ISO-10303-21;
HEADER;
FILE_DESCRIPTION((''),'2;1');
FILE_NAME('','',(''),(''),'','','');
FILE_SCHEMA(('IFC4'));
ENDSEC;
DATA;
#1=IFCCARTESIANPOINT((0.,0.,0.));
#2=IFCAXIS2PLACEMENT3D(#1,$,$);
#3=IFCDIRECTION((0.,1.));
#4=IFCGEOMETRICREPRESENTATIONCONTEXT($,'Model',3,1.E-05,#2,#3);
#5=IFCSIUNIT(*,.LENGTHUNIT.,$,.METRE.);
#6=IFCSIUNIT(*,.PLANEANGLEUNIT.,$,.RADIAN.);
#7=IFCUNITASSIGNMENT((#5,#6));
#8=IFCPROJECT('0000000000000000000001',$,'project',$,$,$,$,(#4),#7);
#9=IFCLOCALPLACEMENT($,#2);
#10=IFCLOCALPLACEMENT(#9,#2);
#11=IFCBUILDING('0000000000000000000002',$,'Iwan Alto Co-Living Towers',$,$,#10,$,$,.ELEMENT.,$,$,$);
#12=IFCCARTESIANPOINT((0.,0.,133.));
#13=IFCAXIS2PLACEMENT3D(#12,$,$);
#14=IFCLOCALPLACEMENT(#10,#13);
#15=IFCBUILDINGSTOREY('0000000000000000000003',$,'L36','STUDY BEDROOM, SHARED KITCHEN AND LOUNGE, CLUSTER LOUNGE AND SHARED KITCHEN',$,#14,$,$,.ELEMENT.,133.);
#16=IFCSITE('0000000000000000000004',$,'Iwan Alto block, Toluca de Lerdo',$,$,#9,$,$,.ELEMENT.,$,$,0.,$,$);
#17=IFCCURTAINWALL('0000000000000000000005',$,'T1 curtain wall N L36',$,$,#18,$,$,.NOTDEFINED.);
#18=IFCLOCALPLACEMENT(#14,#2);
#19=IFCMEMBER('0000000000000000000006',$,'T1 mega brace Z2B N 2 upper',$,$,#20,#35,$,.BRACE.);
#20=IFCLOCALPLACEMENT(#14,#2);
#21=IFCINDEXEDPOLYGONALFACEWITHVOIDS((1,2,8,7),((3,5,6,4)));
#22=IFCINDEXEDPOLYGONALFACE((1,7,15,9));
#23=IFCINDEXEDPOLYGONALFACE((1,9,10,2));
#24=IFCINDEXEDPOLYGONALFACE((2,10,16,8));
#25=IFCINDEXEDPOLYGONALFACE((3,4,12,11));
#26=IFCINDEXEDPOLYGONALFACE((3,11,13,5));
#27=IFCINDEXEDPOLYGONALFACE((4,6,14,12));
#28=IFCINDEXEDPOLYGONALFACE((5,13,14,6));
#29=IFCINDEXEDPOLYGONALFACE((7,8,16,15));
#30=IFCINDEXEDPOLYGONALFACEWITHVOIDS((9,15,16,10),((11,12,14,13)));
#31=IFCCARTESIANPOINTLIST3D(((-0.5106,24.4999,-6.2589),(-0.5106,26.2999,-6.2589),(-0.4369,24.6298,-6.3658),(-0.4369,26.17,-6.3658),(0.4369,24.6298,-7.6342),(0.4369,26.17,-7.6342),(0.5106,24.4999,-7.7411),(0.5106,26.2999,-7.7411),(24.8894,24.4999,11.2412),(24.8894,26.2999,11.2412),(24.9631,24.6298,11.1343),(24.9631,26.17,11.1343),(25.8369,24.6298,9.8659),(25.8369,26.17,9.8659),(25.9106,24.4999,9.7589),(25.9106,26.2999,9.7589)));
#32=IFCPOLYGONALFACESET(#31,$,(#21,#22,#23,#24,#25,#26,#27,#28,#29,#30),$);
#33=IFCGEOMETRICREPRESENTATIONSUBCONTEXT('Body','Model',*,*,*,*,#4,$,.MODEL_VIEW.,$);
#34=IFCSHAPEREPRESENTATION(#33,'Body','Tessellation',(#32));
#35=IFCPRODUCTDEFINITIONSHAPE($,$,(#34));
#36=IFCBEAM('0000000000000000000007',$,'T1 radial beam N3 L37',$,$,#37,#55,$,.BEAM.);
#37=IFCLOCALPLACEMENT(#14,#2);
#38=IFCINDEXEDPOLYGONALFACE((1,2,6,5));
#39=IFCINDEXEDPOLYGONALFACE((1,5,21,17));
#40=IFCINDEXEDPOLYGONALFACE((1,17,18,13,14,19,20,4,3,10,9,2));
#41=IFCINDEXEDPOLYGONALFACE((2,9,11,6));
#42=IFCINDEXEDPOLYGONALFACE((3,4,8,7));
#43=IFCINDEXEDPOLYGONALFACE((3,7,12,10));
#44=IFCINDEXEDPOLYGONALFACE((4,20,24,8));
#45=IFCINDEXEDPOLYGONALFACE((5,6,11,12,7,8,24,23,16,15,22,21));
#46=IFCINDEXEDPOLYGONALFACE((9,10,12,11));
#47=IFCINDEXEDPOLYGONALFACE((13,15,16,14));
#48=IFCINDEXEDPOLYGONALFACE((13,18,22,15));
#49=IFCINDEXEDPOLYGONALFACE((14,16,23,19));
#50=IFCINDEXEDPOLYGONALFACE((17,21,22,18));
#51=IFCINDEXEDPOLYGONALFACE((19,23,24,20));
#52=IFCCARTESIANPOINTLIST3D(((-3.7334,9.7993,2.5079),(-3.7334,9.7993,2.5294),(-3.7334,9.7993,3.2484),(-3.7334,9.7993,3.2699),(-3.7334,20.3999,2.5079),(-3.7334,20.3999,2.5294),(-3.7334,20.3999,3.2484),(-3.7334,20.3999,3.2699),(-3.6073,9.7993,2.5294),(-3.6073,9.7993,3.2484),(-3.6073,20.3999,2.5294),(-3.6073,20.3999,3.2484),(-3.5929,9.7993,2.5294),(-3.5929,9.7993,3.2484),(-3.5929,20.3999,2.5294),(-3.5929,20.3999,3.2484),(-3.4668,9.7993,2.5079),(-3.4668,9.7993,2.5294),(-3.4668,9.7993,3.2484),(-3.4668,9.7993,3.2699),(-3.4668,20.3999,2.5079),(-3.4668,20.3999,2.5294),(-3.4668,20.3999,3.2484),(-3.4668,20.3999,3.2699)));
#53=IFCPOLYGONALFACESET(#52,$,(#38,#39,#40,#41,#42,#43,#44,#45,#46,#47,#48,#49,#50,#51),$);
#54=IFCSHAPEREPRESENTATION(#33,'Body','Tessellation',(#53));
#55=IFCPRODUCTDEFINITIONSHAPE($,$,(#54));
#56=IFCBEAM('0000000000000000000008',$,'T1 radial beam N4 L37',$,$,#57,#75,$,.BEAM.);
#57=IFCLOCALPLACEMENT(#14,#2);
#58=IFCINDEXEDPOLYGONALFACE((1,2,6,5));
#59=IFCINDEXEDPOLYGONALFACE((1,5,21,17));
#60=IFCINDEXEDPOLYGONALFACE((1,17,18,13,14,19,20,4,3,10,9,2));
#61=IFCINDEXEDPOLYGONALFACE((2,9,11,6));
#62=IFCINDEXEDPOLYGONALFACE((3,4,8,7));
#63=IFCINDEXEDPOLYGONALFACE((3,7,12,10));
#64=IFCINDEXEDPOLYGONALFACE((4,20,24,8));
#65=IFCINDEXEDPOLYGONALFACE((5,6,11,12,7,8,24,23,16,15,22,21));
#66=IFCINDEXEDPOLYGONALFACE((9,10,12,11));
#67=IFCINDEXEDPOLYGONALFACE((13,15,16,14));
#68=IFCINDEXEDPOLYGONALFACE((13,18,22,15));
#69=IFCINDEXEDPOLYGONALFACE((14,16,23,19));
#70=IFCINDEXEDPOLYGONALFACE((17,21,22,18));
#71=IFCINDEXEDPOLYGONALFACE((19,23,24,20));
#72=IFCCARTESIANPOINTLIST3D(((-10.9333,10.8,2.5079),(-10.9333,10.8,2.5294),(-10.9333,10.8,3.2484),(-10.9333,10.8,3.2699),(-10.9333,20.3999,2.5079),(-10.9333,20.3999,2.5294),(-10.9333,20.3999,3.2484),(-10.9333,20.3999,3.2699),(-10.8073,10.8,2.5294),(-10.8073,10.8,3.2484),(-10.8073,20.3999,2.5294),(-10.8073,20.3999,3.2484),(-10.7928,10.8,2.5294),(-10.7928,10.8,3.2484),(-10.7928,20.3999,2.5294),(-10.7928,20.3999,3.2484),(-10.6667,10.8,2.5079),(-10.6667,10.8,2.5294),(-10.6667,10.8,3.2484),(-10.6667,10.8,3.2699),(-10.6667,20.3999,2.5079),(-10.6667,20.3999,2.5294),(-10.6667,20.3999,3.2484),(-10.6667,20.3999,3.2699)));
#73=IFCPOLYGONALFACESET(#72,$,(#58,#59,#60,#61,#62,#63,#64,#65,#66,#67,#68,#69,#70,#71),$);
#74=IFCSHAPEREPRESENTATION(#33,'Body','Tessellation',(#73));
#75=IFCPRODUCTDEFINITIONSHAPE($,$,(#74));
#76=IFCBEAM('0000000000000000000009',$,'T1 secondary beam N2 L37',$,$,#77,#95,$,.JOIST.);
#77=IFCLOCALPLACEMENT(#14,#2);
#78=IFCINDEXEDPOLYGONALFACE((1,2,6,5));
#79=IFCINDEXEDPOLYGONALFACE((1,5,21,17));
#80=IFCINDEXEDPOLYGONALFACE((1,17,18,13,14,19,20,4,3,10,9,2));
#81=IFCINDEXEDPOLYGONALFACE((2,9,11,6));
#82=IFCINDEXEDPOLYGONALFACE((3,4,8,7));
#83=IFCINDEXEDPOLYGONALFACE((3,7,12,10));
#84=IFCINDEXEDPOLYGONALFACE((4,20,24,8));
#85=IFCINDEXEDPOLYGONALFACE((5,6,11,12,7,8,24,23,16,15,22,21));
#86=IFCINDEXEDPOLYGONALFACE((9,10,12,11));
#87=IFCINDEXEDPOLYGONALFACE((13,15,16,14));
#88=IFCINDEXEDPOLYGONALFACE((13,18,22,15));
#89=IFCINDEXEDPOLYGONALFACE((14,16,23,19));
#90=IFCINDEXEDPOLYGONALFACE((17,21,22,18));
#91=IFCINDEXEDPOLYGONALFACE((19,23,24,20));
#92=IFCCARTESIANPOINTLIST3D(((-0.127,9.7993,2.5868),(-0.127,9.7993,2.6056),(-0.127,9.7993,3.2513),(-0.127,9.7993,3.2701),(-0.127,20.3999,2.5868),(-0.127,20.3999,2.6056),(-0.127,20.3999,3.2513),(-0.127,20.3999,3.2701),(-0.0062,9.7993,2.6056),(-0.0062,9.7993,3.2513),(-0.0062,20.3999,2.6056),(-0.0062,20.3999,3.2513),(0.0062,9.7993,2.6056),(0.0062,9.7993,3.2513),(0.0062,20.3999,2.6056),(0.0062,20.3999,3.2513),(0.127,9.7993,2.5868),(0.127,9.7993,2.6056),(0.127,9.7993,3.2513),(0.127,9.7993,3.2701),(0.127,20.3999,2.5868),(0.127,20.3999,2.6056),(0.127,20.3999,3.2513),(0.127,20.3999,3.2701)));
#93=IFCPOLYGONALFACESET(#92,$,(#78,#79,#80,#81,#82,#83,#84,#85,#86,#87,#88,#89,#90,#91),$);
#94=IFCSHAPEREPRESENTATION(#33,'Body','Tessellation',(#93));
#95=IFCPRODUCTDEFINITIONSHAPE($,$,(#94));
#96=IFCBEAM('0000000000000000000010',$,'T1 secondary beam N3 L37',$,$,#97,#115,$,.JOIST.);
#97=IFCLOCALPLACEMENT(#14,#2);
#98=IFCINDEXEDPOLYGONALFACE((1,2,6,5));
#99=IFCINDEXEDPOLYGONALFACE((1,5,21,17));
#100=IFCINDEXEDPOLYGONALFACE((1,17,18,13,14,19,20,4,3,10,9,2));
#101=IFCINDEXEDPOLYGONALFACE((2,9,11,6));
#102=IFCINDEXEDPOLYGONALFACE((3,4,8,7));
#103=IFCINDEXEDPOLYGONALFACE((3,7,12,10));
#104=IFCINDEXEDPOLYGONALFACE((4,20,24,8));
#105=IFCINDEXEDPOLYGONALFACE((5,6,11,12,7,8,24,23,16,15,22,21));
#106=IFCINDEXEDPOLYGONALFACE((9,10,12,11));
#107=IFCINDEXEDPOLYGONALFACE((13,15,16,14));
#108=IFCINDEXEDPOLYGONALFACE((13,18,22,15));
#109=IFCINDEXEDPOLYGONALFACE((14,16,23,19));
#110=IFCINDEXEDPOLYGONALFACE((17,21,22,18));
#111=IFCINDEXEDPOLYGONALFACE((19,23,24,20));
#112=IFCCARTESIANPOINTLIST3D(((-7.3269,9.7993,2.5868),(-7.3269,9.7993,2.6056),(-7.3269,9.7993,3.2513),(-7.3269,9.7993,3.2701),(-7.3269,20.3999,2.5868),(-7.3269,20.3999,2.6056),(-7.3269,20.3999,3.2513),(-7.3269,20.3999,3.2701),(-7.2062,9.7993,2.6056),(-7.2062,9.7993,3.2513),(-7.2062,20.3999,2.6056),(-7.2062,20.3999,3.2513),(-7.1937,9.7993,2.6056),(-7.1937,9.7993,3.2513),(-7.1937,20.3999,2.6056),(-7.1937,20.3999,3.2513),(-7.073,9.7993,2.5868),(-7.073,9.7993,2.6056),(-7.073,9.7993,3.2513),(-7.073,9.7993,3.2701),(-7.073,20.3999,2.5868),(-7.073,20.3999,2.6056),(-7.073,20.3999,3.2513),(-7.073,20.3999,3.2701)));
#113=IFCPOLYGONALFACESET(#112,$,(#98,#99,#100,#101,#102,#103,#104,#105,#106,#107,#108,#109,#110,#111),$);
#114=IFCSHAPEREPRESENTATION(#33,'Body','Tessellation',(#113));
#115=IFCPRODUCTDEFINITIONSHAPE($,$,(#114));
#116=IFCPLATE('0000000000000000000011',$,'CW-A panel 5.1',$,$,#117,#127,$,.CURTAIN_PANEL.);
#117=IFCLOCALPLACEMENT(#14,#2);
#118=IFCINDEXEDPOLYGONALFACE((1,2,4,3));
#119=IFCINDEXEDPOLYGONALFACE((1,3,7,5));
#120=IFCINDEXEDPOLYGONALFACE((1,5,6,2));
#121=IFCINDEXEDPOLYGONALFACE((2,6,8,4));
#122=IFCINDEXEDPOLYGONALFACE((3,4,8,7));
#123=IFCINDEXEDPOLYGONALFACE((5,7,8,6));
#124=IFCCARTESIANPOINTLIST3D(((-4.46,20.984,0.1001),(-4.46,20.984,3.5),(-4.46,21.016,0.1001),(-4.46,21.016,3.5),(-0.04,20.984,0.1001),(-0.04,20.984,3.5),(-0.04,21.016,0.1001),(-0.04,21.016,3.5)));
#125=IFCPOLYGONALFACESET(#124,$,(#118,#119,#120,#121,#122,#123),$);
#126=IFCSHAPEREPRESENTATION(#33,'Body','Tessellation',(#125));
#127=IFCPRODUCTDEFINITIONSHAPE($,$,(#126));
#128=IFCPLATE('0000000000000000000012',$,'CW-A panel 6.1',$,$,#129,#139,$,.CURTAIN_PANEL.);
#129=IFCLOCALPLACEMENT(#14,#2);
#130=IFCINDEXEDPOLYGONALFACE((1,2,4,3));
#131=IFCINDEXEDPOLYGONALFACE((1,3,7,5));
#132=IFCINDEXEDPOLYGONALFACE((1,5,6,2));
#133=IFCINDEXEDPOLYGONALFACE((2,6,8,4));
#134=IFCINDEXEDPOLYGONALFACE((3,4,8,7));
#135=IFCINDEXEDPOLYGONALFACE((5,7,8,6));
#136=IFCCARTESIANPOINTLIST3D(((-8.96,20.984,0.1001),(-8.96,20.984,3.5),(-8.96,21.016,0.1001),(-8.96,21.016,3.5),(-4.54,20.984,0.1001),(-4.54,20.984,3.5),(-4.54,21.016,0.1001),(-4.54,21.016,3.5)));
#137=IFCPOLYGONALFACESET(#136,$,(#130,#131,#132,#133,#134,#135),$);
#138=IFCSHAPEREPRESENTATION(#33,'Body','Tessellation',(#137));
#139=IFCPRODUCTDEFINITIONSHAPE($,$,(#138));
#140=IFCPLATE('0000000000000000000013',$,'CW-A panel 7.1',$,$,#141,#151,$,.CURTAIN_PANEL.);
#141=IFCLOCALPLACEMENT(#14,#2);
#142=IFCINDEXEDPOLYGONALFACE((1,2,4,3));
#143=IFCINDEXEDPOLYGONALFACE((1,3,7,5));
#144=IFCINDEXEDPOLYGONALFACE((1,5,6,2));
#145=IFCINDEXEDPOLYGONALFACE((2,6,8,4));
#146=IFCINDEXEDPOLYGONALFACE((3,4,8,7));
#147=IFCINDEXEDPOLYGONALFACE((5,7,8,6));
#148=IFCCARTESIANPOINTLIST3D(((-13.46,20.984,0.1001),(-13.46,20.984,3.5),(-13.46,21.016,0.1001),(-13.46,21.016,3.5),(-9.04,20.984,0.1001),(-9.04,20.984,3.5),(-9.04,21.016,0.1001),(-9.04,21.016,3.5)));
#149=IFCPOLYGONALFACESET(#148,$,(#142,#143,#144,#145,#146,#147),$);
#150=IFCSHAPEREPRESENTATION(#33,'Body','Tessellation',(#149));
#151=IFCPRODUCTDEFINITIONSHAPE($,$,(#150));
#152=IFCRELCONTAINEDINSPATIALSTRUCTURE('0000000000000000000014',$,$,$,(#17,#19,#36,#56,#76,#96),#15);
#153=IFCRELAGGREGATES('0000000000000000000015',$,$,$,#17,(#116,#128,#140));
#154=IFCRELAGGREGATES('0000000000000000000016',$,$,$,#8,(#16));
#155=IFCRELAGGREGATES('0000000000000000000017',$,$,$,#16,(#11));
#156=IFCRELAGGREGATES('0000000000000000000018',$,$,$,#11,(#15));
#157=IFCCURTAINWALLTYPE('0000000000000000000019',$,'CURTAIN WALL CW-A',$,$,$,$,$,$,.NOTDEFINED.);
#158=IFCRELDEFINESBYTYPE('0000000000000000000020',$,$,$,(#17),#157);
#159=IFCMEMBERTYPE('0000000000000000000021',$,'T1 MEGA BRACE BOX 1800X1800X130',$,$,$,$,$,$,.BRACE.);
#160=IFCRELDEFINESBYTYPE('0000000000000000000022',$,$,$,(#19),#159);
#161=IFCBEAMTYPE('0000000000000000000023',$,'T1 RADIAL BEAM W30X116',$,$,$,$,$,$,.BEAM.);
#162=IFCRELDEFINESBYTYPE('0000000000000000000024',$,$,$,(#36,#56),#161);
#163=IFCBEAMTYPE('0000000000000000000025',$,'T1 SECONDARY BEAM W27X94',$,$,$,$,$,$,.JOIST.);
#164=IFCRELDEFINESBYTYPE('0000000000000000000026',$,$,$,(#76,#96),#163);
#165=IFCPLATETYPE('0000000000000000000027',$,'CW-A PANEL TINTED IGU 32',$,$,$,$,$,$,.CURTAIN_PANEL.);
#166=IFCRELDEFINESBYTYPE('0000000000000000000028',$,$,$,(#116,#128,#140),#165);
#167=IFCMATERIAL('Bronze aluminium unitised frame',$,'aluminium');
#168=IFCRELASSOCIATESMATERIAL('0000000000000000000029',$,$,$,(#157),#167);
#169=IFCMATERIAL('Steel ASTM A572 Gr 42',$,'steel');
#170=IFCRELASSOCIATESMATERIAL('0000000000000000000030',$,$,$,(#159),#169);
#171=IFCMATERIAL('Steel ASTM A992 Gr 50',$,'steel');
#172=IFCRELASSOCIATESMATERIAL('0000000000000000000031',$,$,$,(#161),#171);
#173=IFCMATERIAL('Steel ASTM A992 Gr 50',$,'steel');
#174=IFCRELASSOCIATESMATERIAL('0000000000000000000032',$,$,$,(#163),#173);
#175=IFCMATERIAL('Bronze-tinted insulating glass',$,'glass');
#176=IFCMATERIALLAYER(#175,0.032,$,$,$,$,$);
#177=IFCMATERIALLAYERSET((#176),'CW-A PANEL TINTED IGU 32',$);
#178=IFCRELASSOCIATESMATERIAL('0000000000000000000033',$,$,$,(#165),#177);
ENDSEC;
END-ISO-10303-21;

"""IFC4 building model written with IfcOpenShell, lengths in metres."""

from ifc_helpers import new_model, si_unit, direction, frame, origin, origin_2d, place, context, subcontext, project, spatial, rectangle, hollow_rectangle, i_section, extrude, material, layer, layer_set, material_profile, profile_set, type_object, element, aggregate, save


model = new_model("IFC4")

# Units and contexts
model_context = context("Model", 3, precision=1e-05, world=origin(), true_north=direction((0.0, 1.0)))
body_context = subcontext(model_context, "Body", "Model", "MODEL_VIEW")
ifc_project = project(units=[si_unit("LENGTHUNIT", "METRE"), si_unit("PLANEANGLEUNIT", "RADIAN")], contexts=[model_context])

# Site, building, storey
site_placement = place(None, origin())
site = spatial("IfcSite", under=ifc_project, at=site_placement, Name="Iwan Alto block, Toluca de Lerdo", CompositionType="ELEMENT", RefElevation=0.0)
building_placement = place(site_placement, origin())
building = spatial("IfcBuilding", under=site, at=building_placement, Name="Iwan Alto Co-Living Towers", CompositionType="ELEMENT")
storey_placement = place(building_placement, frame((0.0, 0.0, 133.0)))
storey = spatial("IfcBuildingStorey", under=building, at=storey_placement, Name="L36", Description="STUDY BEDROOM, SHARED KITCHEN AND LOUNGE, CLUSTER LOUNGE AND SHARED KITCHEN", CompositionType="ELEMENT", Elevation=133.0)

# Curtain wall
ifc_material_1 = material(Name="Bronze aluminium unitised frame", Category="aluminium")
curtain_wall_type = type_object("IfcCurtainWallType", Name="CURTAIN WALL CW-A", PredefinedType="NOTDEFINED", material=ifc_material_1)
curtain_wall_placement = place(storey_placement, origin())
curtain_wall = element("IfcCurtainWall", 1, at=curtain_wall_placement, inside=storey, type_object=curtain_wall_type, Name="T1 curtain wall N L36", PredefinedType="NOTDEFINED")

# Member
ifc_material_2 = material(Name="Steel ASTM A572 Gr 42", Category="steel")
ifc_material_profile_1 = material_profile(ifc_material_2, hollow_rectangle(XDim=1.8, YDim=1.8, WallThickness=0.1299, at=origin_2d()), Name="BOX 1800X1800X130")
ifc_profile_set_1 = profile_set([ifc_material_profile_1], Name="Steel ASTM A572 Gr 42")
member_type_1 = type_object("IfcMemberType", Name="T1 MEGA BRACE BOX 1800X1800X130", PredefinedType="BRACE", material=ifc_profile_set_1)
for number, where, z_axis, x_axis, name in (
    (2, (0.0, 25.3999, -7.0), (0.823473, 0.0, 0.567356), (0.0, 1.0, 0.0), "T1 mega brace Z2B N 2 upper"),
):
    element("IfcMember", number, at=place(storey_placement, frame(where, z_axis=z_axis, x_axis=x_axis)), inside=storey, type_object=member_type_1, Name=name, PredefinedType="BRACE", context=body_context, shape_type="SweptSolid", body=[
        extrude(hollow_rectangle(XDim=1.8, YDim=1.8, WallThickness=0.1299, at=origin_2d()), origin(), (0.0, 0.0, 1.0), 30.845),
    ])

# Beams
ifc_material_3 = material(Name="Steel ASTM A992 Gr 50", Category="steel")
ifc_material_profile_2 = material_profile(ifc_material_3, i_section(OverallWidth=0.2666, OverallDepth=0.762, WebThickness=0.0144, FlangeThickness=0.0215, at=origin_2d()), Name="W30X116")
ifc_profile_set_2 = profile_set([ifc_material_profile_2], Name="Steel ASTM A992 Gr 50")
beam_type_1 = type_object("IfcBeamType", Name="T1 RADIAL BEAM W30X116", PredefinedType="BEAM", material=ifc_profile_set_2)
beam_1_placement = place(storey_placement, frame((-3.6001, 20.3999, 2.8889), z_axis=(0.0, -1.0, 0.0), x_axis=(1.0, 0.0, 0.0)))
element("IfcBeam", 3, at=beam_1_placement, inside=storey, type_object=beam_type_1, Name="T1 radial beam N3 L37", PredefinedType="BEAM", context=body_context, shape_type="SweptSolid", body=[
    extrude(i_section(OverallWidth=0.2666, OverallDepth=0.762, WebThickness=0.0144, FlangeThickness=0.0215, at=origin_2d()), origin(), (0.0, 0.0, 1.0), 10.6006),
])
beam_2_placement = place(storey_placement, frame((-10.8, 20.3999, 2.8889), z_axis=(0.0, -1.0, 0.0), x_axis=(1.0, 0.0, 0.0)))
element("IfcBeam", 4, at=beam_2_placement, inside=storey, type_object=beam_type_1, Name="T1 radial beam N4 L37", PredefinedType="BEAM", context=body_context, shape_type="SweptSolid", body=[
    extrude(i_section(OverallWidth=0.2666, OverallDepth=0.762, WebThickness=0.0144, FlangeThickness=0.0215, at=origin_2d()), origin(), (0.0, 0.0, 1.0), 9.5999),
])
ifc_material_4 = material(Name="Steel ASTM A992 Gr 50", Category="steel")
ifc_material_profile_3 = material_profile(ifc_material_4, i_section(OverallWidth=0.2539, OverallDepth=0.6833, WebThickness=0.0125, FlangeThickness=0.0188, at=origin_2d()), Name="W27X94")
ifc_profile_set_3 = profile_set([ifc_material_profile_3], Name="Steel ASTM A992 Gr 50")
beam_type_2 = type_object("IfcBeamType", Name="T1 SECONDARY BEAM W27X94", PredefinedType="JOIST", material=ifc_profile_set_3)
for number, where, z_axis, x_axis, name in (
    (5, (0.0, 20.3999, 2.9285), (0.0, -1.0, 0.0), (1.0, 0.0, 0.0), "T1 secondary beam N2 L37"),
    (6, (-7.2, 20.3999, 2.9285), (0.0, -1.0, 0.0), (1.0, 0.0, 0.0), "T1 secondary beam N3 L37"),
):
    element("IfcBeam", number, at=place(storey_placement, frame(where, z_axis=z_axis, x_axis=x_axis)), inside=storey, type_object=beam_type_2, Name=name, PredefinedType="JOIST", context=body_context, shape_type="SweptSolid", body=[
        extrude(i_section(OverallWidth=0.2539, OverallDepth=0.6833, WebThickness=0.0125, FlangeThickness=0.0188, at=origin_2d()), origin(), (0.0, 0.0, 1.0), 10.6006),
    ])

# Plates
ifc_material_5 = material(Name="Bronze-tinted insulating glass", Category="glass")
ifc_layer_1 = layer(ifc_material_5, 0.032)
ifc_layer_set_1 = layer_set([ifc_layer_1], Name="CW-A PANEL TINTED IGU 32")
plate_type = type_object("IfcPlateType", Name="CW-A PANEL TINTED IGU 32", PredefinedType="CURTAIN_PANEL", material=ifc_layer_set_1)
plate_1_placement = place(storey_placement, frame((-2.25, 21.0, 0.1001), z_axis=(0.0, 0.0, 1.0), x_axis=(-1.0, 0.0, 0.0)))
plate_1 = element("IfcPlate", 7, at=plate_1_placement, type_object=plate_type, Name="CW-A panel 5.1", PredefinedType="CURTAIN_PANEL", context=body_context, shape_type="SweptSolid", body=[
    extrude(rectangle(XDim=4.4199, YDim=0.032, at=origin_2d()), origin(), (0.0, 0.0, 1.0), 3.3999),
])
plate_2_placement = place(storey_placement, frame((-6.75, 21.0, 0.1001), z_axis=(0.0, 0.0, 1.0), x_axis=(-1.0, 0.0, 0.0)))
plate_2 = element("IfcPlate", 8, at=plate_2_placement, type_object=plate_type, Name="CW-A panel 6.1", PredefinedType="CURTAIN_PANEL", context=body_context, shape_type="SweptSolid", body=[
    extrude(rectangle(XDim=4.4199, YDim=0.032, at=origin_2d()), origin(), (0.0, 0.0, 1.0), 3.3999),
])
plate_3_placement = place(storey_placement, frame((-11.25, 21.0, 0.1001), z_axis=(0.0, 0.0, 1.0), x_axis=(-1.0, 0.0, 0.0)))
plate_3 = element("IfcPlate", 9, at=plate_3_placement, type_object=plate_type, Name="CW-A panel 7.1", PredefinedType="CURTAIN_PANEL", context=body_context, shape_type="SweptSolid", body=[
    extrude(rectangle(XDim=4.4199, YDim=0.032, at=origin_2d()), origin(), (0.0, 0.0, 1.0), 3.3999),
])
aggregate(curtain_wall, [plate_1, plate_2, plate_3])

save(model, "model.ifc")
